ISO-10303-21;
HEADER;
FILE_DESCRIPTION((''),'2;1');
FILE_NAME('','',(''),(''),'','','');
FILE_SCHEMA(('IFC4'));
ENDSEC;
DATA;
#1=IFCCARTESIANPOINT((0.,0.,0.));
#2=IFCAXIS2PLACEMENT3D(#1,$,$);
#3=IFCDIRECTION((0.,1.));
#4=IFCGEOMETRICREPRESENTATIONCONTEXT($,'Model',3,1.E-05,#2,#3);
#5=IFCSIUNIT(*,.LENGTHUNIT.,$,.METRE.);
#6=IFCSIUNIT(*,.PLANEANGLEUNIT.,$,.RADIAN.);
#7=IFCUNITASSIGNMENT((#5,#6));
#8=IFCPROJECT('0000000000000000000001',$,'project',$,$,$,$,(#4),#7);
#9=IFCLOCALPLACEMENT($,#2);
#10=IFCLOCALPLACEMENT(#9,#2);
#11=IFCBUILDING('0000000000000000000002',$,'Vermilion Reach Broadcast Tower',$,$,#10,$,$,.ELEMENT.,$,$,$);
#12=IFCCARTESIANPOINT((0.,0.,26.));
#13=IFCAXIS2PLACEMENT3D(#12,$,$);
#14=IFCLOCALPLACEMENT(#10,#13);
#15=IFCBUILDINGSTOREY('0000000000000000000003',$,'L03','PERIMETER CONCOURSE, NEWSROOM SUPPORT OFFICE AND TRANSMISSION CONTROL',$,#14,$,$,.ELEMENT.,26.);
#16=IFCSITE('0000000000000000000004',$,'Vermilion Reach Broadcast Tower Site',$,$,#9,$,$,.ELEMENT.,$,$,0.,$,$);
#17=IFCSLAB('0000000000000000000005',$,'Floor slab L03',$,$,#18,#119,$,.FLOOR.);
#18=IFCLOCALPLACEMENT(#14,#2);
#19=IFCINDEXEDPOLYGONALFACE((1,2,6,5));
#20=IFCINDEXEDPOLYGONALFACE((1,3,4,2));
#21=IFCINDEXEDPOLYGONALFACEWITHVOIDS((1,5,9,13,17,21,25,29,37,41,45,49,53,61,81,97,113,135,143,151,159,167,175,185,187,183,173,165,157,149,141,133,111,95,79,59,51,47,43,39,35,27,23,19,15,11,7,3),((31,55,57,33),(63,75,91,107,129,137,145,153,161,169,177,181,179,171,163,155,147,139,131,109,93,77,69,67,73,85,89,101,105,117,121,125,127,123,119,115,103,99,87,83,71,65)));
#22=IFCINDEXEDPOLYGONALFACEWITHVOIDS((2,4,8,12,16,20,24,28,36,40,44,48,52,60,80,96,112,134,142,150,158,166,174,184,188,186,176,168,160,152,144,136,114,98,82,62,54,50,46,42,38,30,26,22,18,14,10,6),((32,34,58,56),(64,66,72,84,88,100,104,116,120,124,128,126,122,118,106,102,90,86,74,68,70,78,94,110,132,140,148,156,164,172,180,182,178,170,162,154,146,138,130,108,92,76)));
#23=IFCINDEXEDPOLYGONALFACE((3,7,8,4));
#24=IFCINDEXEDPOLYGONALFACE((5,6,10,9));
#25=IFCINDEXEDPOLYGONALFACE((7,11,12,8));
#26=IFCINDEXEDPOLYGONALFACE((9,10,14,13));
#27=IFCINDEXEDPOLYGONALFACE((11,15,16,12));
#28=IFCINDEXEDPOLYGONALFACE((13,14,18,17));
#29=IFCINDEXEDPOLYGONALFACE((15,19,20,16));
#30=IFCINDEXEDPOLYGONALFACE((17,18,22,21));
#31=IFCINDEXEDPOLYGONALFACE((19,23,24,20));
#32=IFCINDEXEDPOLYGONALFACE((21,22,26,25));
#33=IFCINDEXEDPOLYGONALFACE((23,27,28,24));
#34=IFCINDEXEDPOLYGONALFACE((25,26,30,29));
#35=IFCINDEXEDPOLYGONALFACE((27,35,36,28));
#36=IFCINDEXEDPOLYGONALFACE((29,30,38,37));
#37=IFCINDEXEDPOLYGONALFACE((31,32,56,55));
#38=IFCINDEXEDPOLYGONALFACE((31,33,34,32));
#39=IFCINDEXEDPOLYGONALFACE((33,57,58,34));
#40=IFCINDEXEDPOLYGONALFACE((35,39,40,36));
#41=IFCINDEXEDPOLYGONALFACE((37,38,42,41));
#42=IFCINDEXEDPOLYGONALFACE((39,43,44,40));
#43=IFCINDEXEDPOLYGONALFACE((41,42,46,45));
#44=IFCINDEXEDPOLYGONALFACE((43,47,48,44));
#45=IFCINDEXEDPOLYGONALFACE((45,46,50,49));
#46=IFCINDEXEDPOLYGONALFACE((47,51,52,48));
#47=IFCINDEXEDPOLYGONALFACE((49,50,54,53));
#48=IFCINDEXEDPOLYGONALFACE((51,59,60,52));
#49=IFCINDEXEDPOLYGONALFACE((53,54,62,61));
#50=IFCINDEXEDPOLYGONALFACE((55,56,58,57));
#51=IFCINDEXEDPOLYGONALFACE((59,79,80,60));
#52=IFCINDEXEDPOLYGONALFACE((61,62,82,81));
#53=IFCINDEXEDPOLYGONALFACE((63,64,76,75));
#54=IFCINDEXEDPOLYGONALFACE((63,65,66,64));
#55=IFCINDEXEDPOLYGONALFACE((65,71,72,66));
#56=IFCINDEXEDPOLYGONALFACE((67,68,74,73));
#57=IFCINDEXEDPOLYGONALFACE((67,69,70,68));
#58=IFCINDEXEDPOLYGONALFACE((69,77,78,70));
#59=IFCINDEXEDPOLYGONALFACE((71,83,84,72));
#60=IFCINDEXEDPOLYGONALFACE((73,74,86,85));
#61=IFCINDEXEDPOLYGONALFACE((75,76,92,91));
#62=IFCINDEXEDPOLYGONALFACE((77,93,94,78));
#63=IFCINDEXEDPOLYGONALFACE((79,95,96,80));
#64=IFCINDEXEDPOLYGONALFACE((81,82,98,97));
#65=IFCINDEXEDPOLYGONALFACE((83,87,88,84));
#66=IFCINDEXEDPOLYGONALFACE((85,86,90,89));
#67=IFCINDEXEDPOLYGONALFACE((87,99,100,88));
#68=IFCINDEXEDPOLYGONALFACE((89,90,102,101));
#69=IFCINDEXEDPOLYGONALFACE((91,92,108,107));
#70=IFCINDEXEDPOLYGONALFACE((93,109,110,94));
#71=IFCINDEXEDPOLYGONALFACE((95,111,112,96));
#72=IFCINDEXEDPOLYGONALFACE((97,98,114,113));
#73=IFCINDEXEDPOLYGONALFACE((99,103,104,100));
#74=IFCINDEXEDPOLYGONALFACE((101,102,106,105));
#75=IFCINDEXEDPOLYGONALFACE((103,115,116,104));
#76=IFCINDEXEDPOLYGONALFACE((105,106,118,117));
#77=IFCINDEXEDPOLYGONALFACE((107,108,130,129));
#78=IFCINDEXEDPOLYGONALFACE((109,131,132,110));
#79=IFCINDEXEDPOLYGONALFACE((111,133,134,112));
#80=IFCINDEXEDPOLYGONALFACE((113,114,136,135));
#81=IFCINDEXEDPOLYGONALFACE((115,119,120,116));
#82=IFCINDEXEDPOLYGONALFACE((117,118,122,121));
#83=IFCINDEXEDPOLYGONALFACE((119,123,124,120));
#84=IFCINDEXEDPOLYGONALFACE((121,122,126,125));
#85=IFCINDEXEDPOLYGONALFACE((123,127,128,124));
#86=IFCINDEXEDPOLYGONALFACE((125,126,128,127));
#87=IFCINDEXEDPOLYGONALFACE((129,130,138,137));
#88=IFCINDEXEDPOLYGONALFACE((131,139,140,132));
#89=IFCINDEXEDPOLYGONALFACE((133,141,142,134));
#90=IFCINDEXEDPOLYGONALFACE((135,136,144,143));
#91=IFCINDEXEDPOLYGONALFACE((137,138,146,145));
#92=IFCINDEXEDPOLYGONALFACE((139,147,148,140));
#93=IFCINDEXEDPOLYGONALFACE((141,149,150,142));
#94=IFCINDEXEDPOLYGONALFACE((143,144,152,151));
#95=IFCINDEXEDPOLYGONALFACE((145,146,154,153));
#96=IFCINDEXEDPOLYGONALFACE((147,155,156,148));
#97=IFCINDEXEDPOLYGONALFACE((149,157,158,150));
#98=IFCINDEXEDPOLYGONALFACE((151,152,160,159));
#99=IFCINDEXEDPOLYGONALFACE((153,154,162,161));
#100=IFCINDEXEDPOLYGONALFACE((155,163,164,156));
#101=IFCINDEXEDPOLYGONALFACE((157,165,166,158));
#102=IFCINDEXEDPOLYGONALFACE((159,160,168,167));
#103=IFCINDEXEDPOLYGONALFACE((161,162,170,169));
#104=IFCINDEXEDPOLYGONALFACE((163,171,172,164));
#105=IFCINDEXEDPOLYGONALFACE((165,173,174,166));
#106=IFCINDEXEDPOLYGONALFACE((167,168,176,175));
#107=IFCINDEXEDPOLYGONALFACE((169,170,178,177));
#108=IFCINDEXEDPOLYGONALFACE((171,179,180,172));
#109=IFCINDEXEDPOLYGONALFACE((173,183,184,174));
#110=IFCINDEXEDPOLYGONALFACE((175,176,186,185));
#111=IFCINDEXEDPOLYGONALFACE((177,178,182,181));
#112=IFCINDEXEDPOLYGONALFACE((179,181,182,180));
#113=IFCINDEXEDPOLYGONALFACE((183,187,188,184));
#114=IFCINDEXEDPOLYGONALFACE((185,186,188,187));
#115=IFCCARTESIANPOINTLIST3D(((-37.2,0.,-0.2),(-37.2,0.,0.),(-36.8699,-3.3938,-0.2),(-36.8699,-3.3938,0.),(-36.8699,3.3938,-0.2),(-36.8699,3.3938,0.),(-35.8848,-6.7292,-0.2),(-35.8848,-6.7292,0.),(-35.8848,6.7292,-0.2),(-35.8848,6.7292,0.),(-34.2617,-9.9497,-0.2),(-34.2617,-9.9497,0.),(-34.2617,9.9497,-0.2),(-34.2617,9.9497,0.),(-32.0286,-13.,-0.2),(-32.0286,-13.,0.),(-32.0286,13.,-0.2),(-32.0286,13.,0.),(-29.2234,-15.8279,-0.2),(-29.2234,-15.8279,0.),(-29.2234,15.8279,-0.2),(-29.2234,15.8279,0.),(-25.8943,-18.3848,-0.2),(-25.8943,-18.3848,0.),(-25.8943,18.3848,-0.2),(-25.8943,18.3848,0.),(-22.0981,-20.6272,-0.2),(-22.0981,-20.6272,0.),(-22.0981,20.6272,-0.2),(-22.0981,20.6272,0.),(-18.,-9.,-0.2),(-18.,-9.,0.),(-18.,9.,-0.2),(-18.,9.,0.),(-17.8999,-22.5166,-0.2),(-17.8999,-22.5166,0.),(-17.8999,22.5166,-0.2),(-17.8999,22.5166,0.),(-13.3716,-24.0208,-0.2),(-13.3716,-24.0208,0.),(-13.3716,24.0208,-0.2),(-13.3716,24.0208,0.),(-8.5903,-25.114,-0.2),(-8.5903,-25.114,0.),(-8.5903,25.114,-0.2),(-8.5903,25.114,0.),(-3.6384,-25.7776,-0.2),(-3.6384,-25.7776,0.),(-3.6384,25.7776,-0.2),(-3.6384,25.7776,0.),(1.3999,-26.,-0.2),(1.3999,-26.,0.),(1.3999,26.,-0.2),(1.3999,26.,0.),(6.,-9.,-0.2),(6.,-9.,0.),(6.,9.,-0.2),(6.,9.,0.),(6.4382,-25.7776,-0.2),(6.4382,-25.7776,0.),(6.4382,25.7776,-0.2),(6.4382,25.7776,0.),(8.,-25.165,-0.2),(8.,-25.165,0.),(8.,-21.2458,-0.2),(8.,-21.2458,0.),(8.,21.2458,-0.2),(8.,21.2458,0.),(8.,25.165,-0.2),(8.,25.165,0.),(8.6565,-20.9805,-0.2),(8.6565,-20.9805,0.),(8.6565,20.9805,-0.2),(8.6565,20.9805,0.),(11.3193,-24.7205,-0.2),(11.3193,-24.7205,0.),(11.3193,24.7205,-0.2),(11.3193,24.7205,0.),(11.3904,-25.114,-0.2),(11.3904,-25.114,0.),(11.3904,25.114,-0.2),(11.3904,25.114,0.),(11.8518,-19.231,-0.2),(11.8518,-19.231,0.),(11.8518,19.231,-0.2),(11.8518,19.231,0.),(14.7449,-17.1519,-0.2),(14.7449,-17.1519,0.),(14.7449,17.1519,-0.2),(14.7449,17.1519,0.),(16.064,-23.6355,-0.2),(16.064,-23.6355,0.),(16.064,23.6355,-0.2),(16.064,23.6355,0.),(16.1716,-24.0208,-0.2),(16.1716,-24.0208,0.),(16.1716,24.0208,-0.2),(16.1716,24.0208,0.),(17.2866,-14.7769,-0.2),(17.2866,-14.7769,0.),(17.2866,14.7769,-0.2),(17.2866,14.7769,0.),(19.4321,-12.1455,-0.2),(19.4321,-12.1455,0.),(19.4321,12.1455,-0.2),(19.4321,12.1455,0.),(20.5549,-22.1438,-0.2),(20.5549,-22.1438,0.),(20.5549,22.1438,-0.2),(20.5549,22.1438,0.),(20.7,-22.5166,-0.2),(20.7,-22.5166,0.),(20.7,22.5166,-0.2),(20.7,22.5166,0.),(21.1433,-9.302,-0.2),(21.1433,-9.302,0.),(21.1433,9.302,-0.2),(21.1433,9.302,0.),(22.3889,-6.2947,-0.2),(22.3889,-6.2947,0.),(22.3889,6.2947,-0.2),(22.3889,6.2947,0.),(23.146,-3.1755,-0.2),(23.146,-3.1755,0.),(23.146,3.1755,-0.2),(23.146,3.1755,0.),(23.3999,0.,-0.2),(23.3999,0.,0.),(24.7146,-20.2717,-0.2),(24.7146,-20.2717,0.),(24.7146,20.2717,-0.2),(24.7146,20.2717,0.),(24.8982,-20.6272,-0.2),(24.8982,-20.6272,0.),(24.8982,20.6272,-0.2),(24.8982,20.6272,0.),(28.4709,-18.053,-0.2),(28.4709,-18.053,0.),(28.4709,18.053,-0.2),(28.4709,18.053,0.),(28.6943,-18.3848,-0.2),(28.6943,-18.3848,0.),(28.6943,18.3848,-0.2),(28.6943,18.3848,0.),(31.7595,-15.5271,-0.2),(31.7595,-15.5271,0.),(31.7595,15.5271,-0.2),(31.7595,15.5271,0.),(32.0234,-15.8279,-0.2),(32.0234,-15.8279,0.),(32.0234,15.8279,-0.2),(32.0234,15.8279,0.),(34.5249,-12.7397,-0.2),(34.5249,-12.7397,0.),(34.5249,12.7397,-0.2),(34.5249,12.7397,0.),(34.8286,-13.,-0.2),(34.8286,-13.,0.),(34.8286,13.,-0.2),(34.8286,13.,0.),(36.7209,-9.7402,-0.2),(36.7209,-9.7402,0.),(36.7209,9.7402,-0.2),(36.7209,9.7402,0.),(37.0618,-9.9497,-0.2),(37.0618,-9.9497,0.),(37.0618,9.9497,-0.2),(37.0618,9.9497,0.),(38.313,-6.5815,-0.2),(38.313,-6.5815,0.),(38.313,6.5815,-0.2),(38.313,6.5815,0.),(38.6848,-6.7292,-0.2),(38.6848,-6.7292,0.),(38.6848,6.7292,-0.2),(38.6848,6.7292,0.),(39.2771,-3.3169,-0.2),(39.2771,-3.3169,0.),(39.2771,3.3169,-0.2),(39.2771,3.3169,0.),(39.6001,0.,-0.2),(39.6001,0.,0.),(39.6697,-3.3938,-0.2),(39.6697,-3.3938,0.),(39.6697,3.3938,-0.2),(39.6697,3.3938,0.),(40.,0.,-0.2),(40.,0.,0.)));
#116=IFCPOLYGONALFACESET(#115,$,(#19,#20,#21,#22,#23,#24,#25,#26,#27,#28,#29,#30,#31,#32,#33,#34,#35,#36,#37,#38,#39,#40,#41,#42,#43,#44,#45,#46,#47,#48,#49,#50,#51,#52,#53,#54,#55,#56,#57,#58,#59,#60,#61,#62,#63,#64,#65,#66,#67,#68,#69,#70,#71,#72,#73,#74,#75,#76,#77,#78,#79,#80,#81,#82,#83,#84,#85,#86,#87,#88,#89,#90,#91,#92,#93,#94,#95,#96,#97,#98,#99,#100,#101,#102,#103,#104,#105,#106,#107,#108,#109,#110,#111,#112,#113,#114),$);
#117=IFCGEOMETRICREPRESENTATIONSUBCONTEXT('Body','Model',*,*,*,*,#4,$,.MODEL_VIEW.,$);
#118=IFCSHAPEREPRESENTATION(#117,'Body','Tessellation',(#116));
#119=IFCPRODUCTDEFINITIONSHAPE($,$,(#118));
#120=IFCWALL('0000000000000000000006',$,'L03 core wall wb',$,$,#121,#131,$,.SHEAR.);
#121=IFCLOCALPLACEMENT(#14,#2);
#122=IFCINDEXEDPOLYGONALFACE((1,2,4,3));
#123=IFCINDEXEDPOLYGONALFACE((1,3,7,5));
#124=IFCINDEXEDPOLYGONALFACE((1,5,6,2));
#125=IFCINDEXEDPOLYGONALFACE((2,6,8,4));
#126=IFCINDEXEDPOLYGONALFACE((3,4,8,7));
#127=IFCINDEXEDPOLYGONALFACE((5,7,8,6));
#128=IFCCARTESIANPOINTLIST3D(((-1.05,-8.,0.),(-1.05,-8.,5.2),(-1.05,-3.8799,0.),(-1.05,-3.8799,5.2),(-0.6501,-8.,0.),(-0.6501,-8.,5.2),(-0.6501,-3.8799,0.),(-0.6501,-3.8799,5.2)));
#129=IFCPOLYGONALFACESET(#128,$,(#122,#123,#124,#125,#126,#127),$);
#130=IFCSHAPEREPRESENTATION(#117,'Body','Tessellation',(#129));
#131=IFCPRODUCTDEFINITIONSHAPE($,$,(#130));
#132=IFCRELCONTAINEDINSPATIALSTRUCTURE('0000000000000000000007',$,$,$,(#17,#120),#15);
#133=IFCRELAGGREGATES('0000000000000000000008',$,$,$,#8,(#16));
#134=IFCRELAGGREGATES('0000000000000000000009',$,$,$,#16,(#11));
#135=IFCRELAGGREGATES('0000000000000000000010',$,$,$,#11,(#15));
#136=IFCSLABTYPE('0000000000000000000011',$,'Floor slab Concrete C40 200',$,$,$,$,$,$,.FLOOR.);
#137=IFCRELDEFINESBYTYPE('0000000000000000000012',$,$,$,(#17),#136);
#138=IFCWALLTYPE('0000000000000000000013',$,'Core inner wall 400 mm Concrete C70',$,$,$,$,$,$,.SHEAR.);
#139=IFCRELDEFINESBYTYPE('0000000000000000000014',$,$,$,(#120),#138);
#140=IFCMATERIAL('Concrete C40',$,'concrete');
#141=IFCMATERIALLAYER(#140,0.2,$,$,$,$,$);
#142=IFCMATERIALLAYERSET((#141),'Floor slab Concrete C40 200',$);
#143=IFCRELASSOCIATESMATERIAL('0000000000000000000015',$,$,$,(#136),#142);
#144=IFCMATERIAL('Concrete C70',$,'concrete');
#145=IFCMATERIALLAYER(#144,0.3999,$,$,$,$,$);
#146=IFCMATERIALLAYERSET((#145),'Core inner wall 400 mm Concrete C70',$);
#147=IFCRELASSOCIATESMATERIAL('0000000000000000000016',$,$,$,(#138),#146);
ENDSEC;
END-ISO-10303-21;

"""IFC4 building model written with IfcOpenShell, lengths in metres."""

from ifc_helpers import new_model, si_unit, direction, frame, frame_2d, origin, place, context, subcontext, project, spatial, polyline, rectangle, outline, extrude, material, layer, layer_set, type_object, element, save


model = new_model("IFC4")

# Units and contexts
model_context = context("Model", 3, precision=1e-05, world=origin(), true_north=direction((0.0, 1.0)))
body_context = subcontext(model_context, "Body", "Model", "MODEL_VIEW")
ifc_project = project(units=[si_unit("LENGTHUNIT", "METRE"), si_unit("PLANEANGLEUNIT", "RADIAN")], contexts=[model_context])

# Site, building, storey
site_placement = place(None, origin())
site = spatial("IfcSite", under=ifc_project, at=site_placement, Name="Vermilion Reach Broadcast Tower Site", CompositionType="ELEMENT", RefElevation=0.0)
building_placement = place(site_placement, origin())
building = spatial("IfcBuilding", under=site, at=building_placement, Name="Vermilion Reach Broadcast Tower", CompositionType="ELEMENT")
storey_placement = place(building_placement, frame((0.0, 0.0, 26.0)))
storey = spatial("IfcBuildingStorey", under=building, at=storey_placement, Name="L03", Description="PERIMETER CONCOURSE, NEWSROOM SUPPORT OFFICE AND TRANSMISSION CONTROL", CompositionType="ELEMENT", Elevation=26.0)

# Slab
ifc_material_1 = material(Name="Concrete C40", Category="concrete")
ifc_layer_1 = layer(ifc_material_1, 0.2)
ifc_layer_set_1 = layer_set([ifc_layer_1], Name="Floor slab Concrete C40 200")
slab_type_1 = type_object("IfcSlabType", Name="Floor slab Concrete C40 200", PredefinedType="FLOOR", material=ifc_layer_set_1)
slab_1_placement = place(storey_placement, frame((0.0, 0.0, -0.2)))
element("IfcSlab", 1, at=slab_1_placement, inside=storey, type_object=slab_type_1, Name="Floor slab L03", PredefinedType="FLOOR", context=body_context, shape_type="SweptSolid", body=[
    extrude(outline(polyline([(40.0, 0.0), (39.6697, 3.3938), (38.6848, 6.7292), (37.0618, 9.9497), (34.8286, 13.0), (32.0234, 15.8279), (28.6943, 18.3848), (24.8982, 20.6272), (20.7, 22.5166), (16.1716, 24.0208), (11.3904, 25.114), (6.4382, 25.7776), (1.3999, 26.0), (-3.6384, 25.7776), (-8.5903, 25.114), (-13.3716, 24.0208), (-17.8999, 22.5166), (-22.0981, 20.6272), (-25.8943, 18.3848), (-29.2234, 15.8279), (-32.0286, 13.0), (-34.2617, 9.9497), (-35.8848, 6.7292), (-36.8699, 3.3938), (-37.2, 0.0), (-36.8699, -3.3938), (-35.8848, -6.7292), (-34.2617, -9.9497), (-32.0286, -13.0), (-29.2234, -15.8279), (-25.8943, -18.3848), (-22.0981, -20.6272), (-17.8999, -22.5166), (-13.3716, -24.0208), (-8.5903, -25.114), (-3.6384, -25.7776), (1.3999, -26.0), (6.4382, -25.7776), (11.3904, -25.114), (16.1716, -24.0208), (20.7, -22.5166), (24.8982, -20.6272), (28.6943, -18.3848), (32.0234, -15.8279), (34.8286, -13.0), (37.0618, -9.9497), (38.6848, -6.7292), (39.6697, -3.3938), (40.0, 0.0)]), holes=[polyline([(8.0, 25.165), (8.0, 21.2458), (8.6565, 20.9805), (11.8518, 19.231), (14.7449, 17.1519), (17.2866, 14.7769), (19.4321, 12.1455), (21.1433, 9.302), (22.3889, 6.2947), (23.146, 3.1755), (23.3999, 0.0), (23.146, -3.1755), (22.3889, -6.2947), (21.1433, -9.302), (19.4321, -12.1455), (17.2866, -14.7769), (14.7449, -17.1519), (11.8518, -19.231), (8.6565, -20.9805), (8.0, -21.2458), (8.0, -25.165), (11.3193, -24.7205), (16.064, -23.6355), (20.5549, -22.1438), (24.7146, -20.2717), (28.4709, -18.053), (31.7595, -15.5271), (34.5249, -12.7397), (36.7209, -9.7402), (38.313, -6.5815), (39.2771, -3.3169), (39.6001, 0.0), (39.2771, 3.3169), (38.313, 6.5815), (36.7209, 9.7402), (34.5249, 12.7397), (31.7595, 15.5271), (28.4709, 18.053), (24.7146, 20.2717), (20.5549, 22.1438), (16.064, 23.6355), (11.3193, 24.7205), (8.0, 25.165)]), polyline([(-18.0, -9.0), (6.0, -9.0), (6.0, 9.0), (-18.0, 9.0), (-18.0, -9.0)])]), origin(), (0.0, 0.0, 1.0), 0.2),
])

# Wall
ifc_material_2 = material(Name="Concrete C70", Category="concrete")
ifc_layer_2 = layer(ifc_material_2, 0.3999)
ifc_layer_set_2 = layer_set([ifc_layer_2], Name="Core inner wall 400 mm Concrete C70")
wall_type_1 = type_object("IfcWallType", Name="Core inner wall 400 mm Concrete C70", PredefinedType="SHEAR", material=ifc_layer_set_2)
wall_1_placement = place(storey_placement, frame((-0.8501, -3.8799, 0.0), z_axis=(0.0, 0.0, 1.0), x_axis=(0.0, -1.0, 0.0)))
element("IfcWall", 2, at=wall_1_placement, inside=storey, type_object=wall_type_1, Name="L03 core wall wb", PredefinedType="SHEAR", context=body_context, shape_type="SweptSolid", body=[
    extrude(rectangle(XDim=4.1201, YDim=0.3999, at=frame_2d((2.0601, 0.0))), origin(), (0.0, 0.0, 1.0), 5.2),
])

save(model, "model.ifc")
